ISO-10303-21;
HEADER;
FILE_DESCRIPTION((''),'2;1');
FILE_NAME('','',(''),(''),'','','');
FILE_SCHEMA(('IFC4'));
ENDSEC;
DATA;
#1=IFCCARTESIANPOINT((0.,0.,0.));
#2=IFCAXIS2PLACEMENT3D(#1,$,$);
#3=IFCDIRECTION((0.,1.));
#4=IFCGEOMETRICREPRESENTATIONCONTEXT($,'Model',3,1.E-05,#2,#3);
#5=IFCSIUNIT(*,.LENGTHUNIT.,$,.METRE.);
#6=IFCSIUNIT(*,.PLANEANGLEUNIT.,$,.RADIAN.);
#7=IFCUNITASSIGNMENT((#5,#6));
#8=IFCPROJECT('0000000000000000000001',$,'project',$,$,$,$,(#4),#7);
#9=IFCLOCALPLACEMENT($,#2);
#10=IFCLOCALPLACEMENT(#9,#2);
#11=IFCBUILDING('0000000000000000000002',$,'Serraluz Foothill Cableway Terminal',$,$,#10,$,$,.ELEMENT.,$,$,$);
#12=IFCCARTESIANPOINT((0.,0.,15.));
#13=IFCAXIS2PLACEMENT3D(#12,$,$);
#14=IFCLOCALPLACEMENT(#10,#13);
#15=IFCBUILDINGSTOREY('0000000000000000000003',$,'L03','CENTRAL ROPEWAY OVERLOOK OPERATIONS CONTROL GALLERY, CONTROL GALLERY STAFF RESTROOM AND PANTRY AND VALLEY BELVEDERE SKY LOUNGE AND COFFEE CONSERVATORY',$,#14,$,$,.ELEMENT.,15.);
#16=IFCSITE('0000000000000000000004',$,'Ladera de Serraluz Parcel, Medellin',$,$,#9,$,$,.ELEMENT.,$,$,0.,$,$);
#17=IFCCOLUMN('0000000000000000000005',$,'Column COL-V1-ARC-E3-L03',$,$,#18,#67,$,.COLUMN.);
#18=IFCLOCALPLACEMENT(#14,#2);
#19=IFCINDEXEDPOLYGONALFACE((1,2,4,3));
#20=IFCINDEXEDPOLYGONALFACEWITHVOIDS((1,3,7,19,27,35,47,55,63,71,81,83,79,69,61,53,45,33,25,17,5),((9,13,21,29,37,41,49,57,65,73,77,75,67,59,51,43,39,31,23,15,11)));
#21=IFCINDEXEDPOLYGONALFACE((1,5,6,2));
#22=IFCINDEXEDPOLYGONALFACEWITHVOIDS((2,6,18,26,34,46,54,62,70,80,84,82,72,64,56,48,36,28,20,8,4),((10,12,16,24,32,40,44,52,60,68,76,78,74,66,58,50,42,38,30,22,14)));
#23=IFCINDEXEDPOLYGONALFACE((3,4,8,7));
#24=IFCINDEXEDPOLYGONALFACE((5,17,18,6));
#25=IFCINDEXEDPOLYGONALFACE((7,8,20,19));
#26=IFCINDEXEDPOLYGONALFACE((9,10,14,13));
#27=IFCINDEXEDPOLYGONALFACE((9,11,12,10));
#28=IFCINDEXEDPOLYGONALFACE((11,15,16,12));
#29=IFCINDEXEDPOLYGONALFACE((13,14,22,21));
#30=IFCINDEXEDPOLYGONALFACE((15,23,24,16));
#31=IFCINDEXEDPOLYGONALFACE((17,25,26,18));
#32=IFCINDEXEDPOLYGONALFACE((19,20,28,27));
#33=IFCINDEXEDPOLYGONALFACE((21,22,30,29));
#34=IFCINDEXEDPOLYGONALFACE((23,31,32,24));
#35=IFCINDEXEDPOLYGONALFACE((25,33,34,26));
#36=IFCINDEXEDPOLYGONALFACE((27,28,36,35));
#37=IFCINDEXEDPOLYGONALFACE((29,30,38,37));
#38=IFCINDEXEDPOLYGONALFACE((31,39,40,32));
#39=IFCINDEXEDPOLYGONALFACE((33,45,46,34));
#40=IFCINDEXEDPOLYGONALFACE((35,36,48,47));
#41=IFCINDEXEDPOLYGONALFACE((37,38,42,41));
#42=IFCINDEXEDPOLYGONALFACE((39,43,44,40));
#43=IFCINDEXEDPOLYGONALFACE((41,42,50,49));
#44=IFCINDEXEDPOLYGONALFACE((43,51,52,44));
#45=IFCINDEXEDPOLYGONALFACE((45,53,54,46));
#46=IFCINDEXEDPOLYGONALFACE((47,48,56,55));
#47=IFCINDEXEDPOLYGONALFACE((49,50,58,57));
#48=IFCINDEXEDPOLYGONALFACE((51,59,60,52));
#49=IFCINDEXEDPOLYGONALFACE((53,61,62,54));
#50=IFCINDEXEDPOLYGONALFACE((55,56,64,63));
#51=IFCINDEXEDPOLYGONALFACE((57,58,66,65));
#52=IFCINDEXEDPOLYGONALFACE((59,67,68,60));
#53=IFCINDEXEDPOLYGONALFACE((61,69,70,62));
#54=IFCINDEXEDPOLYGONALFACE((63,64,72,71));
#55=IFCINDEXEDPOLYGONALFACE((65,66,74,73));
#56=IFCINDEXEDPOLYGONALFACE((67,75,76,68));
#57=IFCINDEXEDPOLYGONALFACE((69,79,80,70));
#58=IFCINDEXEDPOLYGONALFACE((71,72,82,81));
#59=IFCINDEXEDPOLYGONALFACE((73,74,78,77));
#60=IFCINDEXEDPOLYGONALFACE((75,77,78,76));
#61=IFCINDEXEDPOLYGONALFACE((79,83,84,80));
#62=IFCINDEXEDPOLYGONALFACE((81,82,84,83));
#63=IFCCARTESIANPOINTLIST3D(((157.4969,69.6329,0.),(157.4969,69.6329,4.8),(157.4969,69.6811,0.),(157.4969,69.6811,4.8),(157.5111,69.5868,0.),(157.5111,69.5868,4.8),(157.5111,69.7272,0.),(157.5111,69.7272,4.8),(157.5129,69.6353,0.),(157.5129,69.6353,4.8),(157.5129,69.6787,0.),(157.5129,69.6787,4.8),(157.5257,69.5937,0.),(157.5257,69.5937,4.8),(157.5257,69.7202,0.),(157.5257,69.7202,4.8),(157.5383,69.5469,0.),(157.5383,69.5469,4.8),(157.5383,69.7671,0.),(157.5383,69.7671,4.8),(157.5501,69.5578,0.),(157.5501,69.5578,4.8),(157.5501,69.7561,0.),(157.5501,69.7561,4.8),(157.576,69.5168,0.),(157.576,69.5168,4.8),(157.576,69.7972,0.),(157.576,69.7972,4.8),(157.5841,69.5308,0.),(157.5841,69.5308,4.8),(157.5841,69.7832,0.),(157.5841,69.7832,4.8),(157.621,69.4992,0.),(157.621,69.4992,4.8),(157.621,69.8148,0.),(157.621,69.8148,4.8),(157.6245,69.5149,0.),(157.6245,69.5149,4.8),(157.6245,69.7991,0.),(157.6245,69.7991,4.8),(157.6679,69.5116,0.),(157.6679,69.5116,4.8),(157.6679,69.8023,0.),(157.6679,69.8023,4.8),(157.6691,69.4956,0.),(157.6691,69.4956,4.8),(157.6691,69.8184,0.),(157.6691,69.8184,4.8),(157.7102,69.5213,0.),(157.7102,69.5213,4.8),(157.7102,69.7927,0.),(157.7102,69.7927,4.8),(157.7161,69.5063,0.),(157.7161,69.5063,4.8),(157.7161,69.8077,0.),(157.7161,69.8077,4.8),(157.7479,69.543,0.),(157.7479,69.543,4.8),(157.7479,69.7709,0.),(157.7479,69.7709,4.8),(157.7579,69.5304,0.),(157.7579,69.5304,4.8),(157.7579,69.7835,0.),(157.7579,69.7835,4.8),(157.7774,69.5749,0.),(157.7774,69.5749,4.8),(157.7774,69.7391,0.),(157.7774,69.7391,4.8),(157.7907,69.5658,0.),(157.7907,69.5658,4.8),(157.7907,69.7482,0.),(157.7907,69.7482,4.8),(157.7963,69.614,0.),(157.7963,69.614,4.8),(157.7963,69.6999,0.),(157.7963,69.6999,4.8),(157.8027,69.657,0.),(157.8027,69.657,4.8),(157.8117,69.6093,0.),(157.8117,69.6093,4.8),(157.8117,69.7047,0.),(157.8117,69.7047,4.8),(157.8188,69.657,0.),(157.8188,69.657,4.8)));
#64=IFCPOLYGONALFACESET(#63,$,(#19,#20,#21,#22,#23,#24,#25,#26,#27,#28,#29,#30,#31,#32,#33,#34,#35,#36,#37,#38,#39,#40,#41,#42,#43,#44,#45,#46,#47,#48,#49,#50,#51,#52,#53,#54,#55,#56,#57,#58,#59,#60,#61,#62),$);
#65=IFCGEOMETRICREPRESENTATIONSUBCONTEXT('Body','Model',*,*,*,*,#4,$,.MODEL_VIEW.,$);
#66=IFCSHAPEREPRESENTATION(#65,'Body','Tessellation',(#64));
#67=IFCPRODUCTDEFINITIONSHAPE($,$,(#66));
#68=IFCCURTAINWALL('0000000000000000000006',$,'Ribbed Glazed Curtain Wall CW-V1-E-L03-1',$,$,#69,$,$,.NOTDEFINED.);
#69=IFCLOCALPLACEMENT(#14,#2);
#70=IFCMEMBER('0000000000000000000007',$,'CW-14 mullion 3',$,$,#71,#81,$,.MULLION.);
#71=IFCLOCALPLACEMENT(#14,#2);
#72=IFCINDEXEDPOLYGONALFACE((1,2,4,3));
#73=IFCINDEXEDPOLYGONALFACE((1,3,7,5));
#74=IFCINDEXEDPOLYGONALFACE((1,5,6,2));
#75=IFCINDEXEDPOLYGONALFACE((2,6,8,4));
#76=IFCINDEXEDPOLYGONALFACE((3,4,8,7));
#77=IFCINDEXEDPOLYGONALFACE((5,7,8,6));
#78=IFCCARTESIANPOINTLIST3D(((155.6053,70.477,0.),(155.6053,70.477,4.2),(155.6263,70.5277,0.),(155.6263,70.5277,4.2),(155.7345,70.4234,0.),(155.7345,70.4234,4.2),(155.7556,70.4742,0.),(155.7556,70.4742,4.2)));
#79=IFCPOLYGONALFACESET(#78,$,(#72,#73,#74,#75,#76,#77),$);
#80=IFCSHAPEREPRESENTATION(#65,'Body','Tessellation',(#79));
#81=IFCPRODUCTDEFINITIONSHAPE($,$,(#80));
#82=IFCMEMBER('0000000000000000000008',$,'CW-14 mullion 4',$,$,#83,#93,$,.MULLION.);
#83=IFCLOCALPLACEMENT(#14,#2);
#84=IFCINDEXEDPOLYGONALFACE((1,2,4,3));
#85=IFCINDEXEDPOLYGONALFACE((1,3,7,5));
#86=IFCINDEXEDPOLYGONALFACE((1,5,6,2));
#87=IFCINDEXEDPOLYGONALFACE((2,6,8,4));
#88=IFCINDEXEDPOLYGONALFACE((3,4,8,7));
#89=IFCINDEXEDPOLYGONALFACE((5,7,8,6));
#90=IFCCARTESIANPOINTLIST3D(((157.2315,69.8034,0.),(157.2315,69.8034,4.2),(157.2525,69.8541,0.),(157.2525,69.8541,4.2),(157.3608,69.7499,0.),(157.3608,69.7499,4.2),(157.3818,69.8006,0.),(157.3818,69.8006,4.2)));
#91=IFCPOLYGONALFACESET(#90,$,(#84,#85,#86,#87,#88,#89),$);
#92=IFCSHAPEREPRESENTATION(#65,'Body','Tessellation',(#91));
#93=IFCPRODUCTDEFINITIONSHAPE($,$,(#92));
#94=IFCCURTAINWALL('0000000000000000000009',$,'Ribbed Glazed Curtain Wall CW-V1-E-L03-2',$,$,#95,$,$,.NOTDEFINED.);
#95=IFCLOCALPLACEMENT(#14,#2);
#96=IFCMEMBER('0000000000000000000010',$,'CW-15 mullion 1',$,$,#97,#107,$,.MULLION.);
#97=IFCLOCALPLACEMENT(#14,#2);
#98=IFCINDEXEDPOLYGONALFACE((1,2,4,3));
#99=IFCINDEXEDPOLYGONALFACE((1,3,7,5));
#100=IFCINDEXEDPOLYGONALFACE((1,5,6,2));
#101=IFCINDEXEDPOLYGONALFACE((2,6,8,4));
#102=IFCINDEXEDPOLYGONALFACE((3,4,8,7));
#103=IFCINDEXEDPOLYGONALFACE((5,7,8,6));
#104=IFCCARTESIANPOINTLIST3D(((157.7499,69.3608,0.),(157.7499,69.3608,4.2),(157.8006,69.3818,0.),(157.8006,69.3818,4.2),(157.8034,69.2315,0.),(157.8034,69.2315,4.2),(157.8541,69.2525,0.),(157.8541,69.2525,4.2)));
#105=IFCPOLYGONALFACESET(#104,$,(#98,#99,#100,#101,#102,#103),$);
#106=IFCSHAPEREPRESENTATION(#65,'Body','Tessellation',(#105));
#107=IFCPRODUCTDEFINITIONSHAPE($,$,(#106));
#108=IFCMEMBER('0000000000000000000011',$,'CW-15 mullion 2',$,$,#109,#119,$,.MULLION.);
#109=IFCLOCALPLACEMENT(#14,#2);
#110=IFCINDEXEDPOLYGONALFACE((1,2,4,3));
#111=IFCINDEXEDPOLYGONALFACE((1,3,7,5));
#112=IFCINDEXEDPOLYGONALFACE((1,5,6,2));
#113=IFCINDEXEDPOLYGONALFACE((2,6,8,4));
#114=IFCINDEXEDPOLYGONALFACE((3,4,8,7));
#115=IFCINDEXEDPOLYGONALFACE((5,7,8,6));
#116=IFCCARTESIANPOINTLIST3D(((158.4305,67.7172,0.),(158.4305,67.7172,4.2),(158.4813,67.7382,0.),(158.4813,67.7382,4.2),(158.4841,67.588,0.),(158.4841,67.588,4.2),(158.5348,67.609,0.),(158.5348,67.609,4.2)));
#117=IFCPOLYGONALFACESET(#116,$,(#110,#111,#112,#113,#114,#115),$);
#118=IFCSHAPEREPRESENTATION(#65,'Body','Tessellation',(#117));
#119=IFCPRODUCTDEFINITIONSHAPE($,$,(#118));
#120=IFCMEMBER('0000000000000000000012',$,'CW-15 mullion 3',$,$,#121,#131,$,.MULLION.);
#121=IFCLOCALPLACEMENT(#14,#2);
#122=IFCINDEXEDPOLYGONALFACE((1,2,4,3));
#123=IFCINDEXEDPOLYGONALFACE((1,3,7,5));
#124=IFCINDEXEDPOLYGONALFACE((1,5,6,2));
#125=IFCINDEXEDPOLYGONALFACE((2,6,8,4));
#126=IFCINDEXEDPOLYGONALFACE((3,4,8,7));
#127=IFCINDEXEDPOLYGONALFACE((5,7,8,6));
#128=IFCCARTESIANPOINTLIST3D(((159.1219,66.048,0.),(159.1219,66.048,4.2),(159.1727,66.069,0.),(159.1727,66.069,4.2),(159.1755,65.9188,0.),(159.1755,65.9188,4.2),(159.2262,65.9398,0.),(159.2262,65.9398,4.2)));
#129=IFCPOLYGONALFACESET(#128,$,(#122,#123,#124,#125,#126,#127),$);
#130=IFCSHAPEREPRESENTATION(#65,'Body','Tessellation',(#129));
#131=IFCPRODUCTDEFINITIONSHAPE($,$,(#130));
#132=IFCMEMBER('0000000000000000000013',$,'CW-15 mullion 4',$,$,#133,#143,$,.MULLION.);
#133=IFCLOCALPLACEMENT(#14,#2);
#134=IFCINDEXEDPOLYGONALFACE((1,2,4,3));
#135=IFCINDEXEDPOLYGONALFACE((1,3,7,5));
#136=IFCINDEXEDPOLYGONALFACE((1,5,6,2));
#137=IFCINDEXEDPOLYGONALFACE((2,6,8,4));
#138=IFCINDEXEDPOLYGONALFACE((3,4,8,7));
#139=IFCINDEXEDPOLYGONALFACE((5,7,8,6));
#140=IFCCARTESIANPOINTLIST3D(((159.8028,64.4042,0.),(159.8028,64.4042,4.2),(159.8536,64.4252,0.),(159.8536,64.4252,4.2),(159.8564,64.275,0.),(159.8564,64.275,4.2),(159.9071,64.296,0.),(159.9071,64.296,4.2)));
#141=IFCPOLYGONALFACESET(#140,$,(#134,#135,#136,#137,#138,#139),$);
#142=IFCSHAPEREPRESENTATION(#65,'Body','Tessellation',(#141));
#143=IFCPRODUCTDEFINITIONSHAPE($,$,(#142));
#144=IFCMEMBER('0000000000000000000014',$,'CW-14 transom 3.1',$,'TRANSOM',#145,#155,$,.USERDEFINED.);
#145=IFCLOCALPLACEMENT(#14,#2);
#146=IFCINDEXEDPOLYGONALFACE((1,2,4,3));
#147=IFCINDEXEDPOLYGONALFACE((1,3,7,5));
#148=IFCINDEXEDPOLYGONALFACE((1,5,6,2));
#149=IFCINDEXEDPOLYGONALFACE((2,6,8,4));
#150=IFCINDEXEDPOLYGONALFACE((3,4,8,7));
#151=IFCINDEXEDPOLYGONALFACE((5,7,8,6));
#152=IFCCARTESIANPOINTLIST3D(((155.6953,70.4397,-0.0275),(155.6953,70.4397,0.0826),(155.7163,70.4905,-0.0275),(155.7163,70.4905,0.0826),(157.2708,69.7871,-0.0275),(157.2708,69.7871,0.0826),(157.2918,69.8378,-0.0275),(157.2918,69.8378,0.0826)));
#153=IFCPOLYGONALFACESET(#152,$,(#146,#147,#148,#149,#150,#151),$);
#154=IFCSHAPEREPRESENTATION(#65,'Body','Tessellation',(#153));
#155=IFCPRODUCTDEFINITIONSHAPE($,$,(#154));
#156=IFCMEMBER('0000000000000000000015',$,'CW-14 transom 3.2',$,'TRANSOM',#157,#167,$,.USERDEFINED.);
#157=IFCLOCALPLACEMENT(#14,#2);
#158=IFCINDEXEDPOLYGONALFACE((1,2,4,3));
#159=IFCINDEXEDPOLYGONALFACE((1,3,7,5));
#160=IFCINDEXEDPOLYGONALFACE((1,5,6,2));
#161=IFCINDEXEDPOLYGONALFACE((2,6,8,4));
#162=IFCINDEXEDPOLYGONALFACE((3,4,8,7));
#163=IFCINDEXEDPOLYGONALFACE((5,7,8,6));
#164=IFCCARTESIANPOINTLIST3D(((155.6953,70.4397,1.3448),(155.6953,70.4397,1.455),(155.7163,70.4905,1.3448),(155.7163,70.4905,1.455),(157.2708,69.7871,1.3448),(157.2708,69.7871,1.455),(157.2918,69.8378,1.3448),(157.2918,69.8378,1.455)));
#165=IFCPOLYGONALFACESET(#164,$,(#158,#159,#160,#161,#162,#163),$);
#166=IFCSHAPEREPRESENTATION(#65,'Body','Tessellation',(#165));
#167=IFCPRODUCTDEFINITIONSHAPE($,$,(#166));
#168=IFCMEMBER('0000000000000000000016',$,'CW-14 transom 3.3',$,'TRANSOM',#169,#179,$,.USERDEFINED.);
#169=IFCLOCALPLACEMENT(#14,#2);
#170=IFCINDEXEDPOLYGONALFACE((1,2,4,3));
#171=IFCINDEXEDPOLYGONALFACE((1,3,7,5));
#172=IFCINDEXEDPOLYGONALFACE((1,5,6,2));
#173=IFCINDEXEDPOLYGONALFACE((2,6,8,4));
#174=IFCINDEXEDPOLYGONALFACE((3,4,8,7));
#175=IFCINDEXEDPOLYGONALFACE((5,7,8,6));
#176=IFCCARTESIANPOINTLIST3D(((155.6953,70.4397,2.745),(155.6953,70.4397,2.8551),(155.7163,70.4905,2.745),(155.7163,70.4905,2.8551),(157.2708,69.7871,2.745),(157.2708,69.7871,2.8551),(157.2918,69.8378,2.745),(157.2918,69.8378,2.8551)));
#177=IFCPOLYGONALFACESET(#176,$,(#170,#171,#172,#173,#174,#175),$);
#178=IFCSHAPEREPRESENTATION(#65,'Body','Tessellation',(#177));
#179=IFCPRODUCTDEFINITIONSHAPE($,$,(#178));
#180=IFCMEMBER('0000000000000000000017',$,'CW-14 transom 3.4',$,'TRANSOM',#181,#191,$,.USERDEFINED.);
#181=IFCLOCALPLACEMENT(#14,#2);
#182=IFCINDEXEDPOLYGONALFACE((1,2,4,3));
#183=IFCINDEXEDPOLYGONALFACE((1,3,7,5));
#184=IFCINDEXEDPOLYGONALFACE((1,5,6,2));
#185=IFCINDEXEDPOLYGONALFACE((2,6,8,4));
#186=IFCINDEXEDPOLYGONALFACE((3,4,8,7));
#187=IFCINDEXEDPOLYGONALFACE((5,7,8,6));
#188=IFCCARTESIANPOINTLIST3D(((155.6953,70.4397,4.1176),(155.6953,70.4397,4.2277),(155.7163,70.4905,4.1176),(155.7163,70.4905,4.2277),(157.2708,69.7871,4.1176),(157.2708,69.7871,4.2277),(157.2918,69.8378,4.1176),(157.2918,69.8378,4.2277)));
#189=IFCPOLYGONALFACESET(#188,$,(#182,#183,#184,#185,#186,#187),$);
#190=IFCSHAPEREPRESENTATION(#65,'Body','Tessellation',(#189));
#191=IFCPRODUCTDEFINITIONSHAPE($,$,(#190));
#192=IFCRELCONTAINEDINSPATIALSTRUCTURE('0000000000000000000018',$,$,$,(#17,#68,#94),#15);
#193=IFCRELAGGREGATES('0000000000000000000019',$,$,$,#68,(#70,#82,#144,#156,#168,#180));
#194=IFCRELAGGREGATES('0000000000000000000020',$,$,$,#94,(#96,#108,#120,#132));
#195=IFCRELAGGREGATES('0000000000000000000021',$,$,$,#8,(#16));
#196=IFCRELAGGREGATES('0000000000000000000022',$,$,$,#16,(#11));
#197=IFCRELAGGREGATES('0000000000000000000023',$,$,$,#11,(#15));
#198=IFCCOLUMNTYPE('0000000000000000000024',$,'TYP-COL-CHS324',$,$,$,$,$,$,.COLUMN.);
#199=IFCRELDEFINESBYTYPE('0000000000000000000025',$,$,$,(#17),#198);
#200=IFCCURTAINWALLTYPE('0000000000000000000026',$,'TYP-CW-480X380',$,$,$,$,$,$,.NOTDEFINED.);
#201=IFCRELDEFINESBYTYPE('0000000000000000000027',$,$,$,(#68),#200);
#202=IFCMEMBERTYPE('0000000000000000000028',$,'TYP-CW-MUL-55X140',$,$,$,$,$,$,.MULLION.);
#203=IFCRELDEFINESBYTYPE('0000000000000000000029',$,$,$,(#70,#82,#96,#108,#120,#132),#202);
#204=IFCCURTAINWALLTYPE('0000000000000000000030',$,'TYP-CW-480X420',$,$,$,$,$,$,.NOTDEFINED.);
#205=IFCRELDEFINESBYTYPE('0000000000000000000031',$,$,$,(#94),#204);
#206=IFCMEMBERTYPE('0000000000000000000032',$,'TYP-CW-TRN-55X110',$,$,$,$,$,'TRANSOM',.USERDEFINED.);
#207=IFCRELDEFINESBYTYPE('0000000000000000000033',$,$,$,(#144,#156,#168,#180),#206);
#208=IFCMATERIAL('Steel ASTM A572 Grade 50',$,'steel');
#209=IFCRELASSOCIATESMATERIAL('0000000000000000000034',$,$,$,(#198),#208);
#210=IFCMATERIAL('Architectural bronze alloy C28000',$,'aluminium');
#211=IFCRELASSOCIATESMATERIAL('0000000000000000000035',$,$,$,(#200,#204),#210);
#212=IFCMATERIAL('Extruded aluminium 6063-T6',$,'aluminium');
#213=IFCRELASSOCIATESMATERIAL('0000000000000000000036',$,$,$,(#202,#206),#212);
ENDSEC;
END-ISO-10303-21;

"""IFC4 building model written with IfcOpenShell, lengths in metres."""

from ifc_helpers import new_model, si_unit, direction, frame, origin, origin_2d, place, context, subcontext, project, spatial, rectangle, hollow_circle, extrude, material, material_profile, profile_set, type_object, element, aggregate, save


model = new_model("IFC4")

# Units and contexts
model_context = context("Model", 3, precision=1e-05, world=origin(), true_north=direction((0.0, 1.0)))
body_context = subcontext(model_context, "Body", "Model", "MODEL_VIEW")
ifc_project = project(units=[si_unit("LENGTHUNIT", "METRE"), si_unit("PLANEANGLEUNIT", "RADIAN")], contexts=[model_context])

# Site, building, storey
site_placement = place(None, origin())
site = spatial("IfcSite", under=ifc_project, at=site_placement, Name="Ladera de Serraluz Parcel, Medellin", CompositionType="ELEMENT", RefElevation=0.0)
building_placement = place(site_placement, origin())
building = spatial("IfcBuilding", under=site, at=building_placement, Name="Serraluz Foothill Cableway Terminal", CompositionType="ELEMENT")
storey_placement = place(building_placement, frame((0.0, 0.0, 15.0)))
storey = spatial("IfcBuildingStorey", under=building, at=storey_placement, Name="L03", Description="CENTRAL ROPEWAY OVERLOOK OPERATIONS CONTROL GALLERY, CONTROL GALLERY STAFF RESTROOM AND PANTRY AND VALLEY BELVEDERE SKY LOUNGE AND COFFEE CONSERVATORY", CompositionType="ELEMENT", Elevation=15.0)

# Column
ifc_material_1 = material(Name="Steel ASTM A572 Grade 50", Category="steel")
ifc_material_profile_1 = material_profile(ifc_material_1, hollow_circle(Radius=0.1619, WallThickness=0.0161, at=origin_2d()), Name="CHS324X16")
ifc_profile_set_1 = profile_set([ifc_material_profile_1], Name="Steel ASTM A572 Grade 50")
column_type = type_object("IfcColumnType", Name="TYP-COL-CHS324", PredefinedType="COLUMN", material=ifc_profile_set_1)
column_placement = place(storey_placement, frame((157.657, 69.657, 0.0), z_axis=(0.0, 0.0, 1.0), x_axis=(1.0, 0.0, 0.0)))
element("IfcColumn", 1, at=column_placement, inside=storey, type_object=column_type, Name="Column COL-V1-ARC-E3-L03", PredefinedType="COLUMN", context=body_context, shape_type="SweptSolid", body=[
    extrude(hollow_circle(Radius=0.1619, WallThickness=0.0161, at=origin_2d()), origin(), (0.0, 0.0, 1.0), 4.8),
])

# Curtain walls, members
ifc_material_2 = material(Name="Architectural bronze alloy C28000", Category="aluminium")
curtain_wall_type_1 = type_object("IfcCurtainWallType", Name="TYP-CW-480X380", PredefinedType="NOTDEFINED", material=ifc_material_2)
curtain_wall_1_placement = place(storey_placement, origin())
curtain_wall_1 = element("IfcCurtainWall", 2, at=curtain_wall_1_placement, inside=storey, type_object=curtain_wall_type_1, Name="Ribbed Glazed Curtain Wall CW-V1-E-L03-1", PredefinedType="NOTDEFINED")
ifc_material_3 = material(Name="Extruded aluminium 6063-T6", Category="aluminium")
ifc_material_profile_2 = material_profile(ifc_material_3, rectangle(XDim=0.0549, YDim=0.1399, at=origin_2d()), Name="ALU MULLION 55x140")
ifc_profile_set_2 = profile_set([ifc_material_profile_2], Name="Extruded aluminium 6063-T6")
member_type_1 = type_object("IfcMemberType", Name="TYP-CW-MUL-55X140", PredefinedType="MULLION", material=ifc_profile_set_2)
member_1_placement = place(storey_placement, frame((155.6804, 70.4756, 0.0), z_axis=(0.0, 0.0, 1.0), x_axis=(0.382682, 0.92388, 0.0)))
member_1 = element("IfcMember", 3, at=member_1_placement, type_object=member_type_1, Name="CW-14 mullion 3", PredefinedType="MULLION", context=body_context, shape_type="SweptSolid", body=[
    extrude(rectangle(XDim=0.0549, YDim=0.1399, at=origin_2d()), origin(), (0.0, 0.0, 1.0), 4.2),
])
member_2_placement = place(storey_placement, frame((157.3066, 69.802, 0.0), z_axis=(0.0, 0.0, 1.0), x_axis=(0.382682, 0.92388, 0.0)))
member_2 = element("IfcMember", 4, at=member_2_placement, type_object=member_type_1, Name="CW-14 mullion 4", PredefinedType="MULLION", context=body_context, shape_type="SweptSolid", body=[
    extrude(rectangle(XDim=0.0549, YDim=0.1399, at=origin_2d()), origin(), (0.0, 0.0, 1.0), 4.2),
])
curtain_wall_type_2 = type_object("IfcCurtainWallType", Name="TYP-CW-480X420", PredefinedType="NOTDEFINED", material=ifc_material_2)
curtain_wall_2_placement = place(storey_placement, origin())
curtain_wall_2 = element("IfcCurtainWall", 5, at=curtain_wall_2_placement, inside=storey, type_object=curtain_wall_type_2, Name="Ribbed Glazed Curtain Wall CW-V1-E-L03-2", PredefinedType="NOTDEFINED")
member_3_placement = place(storey_placement, frame((157.802, 69.3066, 0.0), z_axis=(0.0, 0.0, 1.0), x_axis=(0.923879, 0.382685, 0.0)))
member_3 = element("IfcMember", 6, at=member_3_placement, type_object=member_type_1, Name="CW-15 mullion 1", PredefinedType="MULLION", context=body_context, shape_type="SweptSolid", body=[
    extrude(rectangle(XDim=0.0549, YDim=0.1399, at=origin_2d()), origin(), (0.0, 0.0, 1.0), 4.2),
])
member_4_placement = place(storey_placement, frame((158.4827, 67.6631, 0.0), z_axis=(0.0, 0.0, 1.0), x_axis=(0.923879, 0.382685, 0.0)))
member_4 = element("IfcMember", 7, at=member_4_placement, type_object=member_type_1, Name="CW-15 mullion 2", PredefinedType="MULLION", context=body_context, shape_type="SweptSolid", body=[
    extrude(rectangle(XDim=0.0549, YDim=0.1399, at=origin_2d()), origin(), (0.0, 0.0, 1.0), 4.2),
])
member_5_placement = place(storey_placement, frame((159.1741, 65.9939, 0.0), z_axis=(0.0, 0.0, 1.0), x_axis=(0.923879, 0.382685, 0.0)))
member_5 = element("IfcMember", 8, at=member_5_placement, type_object=member_type_1, Name="CW-15 mullion 3", PredefinedType="MULLION", context=body_context, shape_type="SweptSolid", body=[
    extrude(rectangle(XDim=0.0549, YDim=0.1399, at=origin_2d()), origin(), (0.0, 0.0, 1.0), 4.2),
])
member_6_placement = place(storey_placement, frame((159.855, 64.3501, 0.0), z_axis=(0.0, 0.0, 1.0), x_axis=(0.923879, 0.382685, 0.0)))
member_6 = element("IfcMember", 9, at=member_6_placement, type_object=member_type_1, Name="CW-15 mullion 4", PredefinedType="MULLION", context=body_context, shape_type="SweptSolid", body=[
    extrude(rectangle(XDim=0.0549, YDim=0.1399, at=origin_2d()), origin(), (0.0, 0.0, 1.0), 4.2),
])

# Members
ifc_material_profile_3 = material_profile(ifc_material_3, rectangle(XDim=0.0549, YDim=0.1101, at=origin_2d()), Name="ALU TRANSOM 55x110")
ifc_profile_set_3 = profile_set([ifc_material_profile_3], Name="Extruded aluminium 6063-T6")
member_type_2 = type_object("IfcMemberType", Name="TYP-CW-TRN-55X110", ElementType="TRANSOM", PredefinedType="USERDEFINED", material=ifc_profile_set_3)
member_7_placement = place(storey_placement, frame((155.7058, 70.4651, 0.0276), z_axis=(0.923875, -0.382693, 0.0), x_axis=(0.382693, 0.923875, 0.0)))
member_7 = element("IfcMember", 10, at=member_7_placement, type_object=member_type_2, Name="CW-14 transom 3.1", ObjectType="TRANSOM", PredefinedType="USERDEFINED", context=body_context, shape_type="SweptSolid", body=[
    extrude(rectangle(XDim=0.0549, YDim=0.1101, at=origin_2d()), origin(), (0.0, 0.0, 1.0), 1.7053),
])
member_8_placement = place(storey_placement, frame((155.7058, 70.4651, 1.3999), z_axis=(0.923875, -0.382693, 0.0), x_axis=(0.382693, 0.923875, 0.0)))
member_8 = element("IfcMember", 11, at=member_8_placement, type_object=member_type_2, Name="CW-14 transom 3.2", ObjectType="TRANSOM", PredefinedType="USERDEFINED", context=body_context, shape_type="SweptSolid", body=[
    extrude(rectangle(XDim=0.0549, YDim=0.1101, at=origin_2d()), origin(), (0.0, 0.0, 1.0), 1.7053),
])
member_9_placement = place(storey_placement, frame((155.7058, 70.4651, 2.8), z_axis=(0.923875, -0.382693, 0.0), x_axis=(0.382693, 0.923875, 0.0)))
member_9 = element("IfcMember", 12, at=member_9_placement, type_object=member_type_2, Name="CW-14 transom 3.3", ObjectType="TRANSOM", PredefinedType="USERDEFINED", context=body_context, shape_type="SweptSolid", body=[
    extrude(rectangle(XDim=0.0549, YDim=0.1101, at=origin_2d()), origin(), (0.0, 0.0, 1.0), 1.7053),
])
member_10_placement = place(storey_placement, frame((155.7058, 70.4651, 4.1726), z_axis=(0.923875, -0.382693, 0.0), x_axis=(0.382693, 0.923875, 0.0)))
member_10 = element("IfcMember", 13, at=member_10_placement, type_object=member_type_2, Name="CW-14 transom 3.4", ObjectType="TRANSOM", PredefinedType="USERDEFINED", context=body_context, shape_type="SweptSolid", body=[
    extrude(rectangle(XDim=0.0549, YDim=0.1101, at=origin_2d()), origin(), (0.0, 0.0, 1.0), 1.7053),
])

aggregate(curtain_wall_1, [member_1, member_2, member_7, member_8, member_9, member_10])
aggregate(curtain_wall_2, [member_3, member_4, member_5, member_6])

save(model, "model.ifc")
